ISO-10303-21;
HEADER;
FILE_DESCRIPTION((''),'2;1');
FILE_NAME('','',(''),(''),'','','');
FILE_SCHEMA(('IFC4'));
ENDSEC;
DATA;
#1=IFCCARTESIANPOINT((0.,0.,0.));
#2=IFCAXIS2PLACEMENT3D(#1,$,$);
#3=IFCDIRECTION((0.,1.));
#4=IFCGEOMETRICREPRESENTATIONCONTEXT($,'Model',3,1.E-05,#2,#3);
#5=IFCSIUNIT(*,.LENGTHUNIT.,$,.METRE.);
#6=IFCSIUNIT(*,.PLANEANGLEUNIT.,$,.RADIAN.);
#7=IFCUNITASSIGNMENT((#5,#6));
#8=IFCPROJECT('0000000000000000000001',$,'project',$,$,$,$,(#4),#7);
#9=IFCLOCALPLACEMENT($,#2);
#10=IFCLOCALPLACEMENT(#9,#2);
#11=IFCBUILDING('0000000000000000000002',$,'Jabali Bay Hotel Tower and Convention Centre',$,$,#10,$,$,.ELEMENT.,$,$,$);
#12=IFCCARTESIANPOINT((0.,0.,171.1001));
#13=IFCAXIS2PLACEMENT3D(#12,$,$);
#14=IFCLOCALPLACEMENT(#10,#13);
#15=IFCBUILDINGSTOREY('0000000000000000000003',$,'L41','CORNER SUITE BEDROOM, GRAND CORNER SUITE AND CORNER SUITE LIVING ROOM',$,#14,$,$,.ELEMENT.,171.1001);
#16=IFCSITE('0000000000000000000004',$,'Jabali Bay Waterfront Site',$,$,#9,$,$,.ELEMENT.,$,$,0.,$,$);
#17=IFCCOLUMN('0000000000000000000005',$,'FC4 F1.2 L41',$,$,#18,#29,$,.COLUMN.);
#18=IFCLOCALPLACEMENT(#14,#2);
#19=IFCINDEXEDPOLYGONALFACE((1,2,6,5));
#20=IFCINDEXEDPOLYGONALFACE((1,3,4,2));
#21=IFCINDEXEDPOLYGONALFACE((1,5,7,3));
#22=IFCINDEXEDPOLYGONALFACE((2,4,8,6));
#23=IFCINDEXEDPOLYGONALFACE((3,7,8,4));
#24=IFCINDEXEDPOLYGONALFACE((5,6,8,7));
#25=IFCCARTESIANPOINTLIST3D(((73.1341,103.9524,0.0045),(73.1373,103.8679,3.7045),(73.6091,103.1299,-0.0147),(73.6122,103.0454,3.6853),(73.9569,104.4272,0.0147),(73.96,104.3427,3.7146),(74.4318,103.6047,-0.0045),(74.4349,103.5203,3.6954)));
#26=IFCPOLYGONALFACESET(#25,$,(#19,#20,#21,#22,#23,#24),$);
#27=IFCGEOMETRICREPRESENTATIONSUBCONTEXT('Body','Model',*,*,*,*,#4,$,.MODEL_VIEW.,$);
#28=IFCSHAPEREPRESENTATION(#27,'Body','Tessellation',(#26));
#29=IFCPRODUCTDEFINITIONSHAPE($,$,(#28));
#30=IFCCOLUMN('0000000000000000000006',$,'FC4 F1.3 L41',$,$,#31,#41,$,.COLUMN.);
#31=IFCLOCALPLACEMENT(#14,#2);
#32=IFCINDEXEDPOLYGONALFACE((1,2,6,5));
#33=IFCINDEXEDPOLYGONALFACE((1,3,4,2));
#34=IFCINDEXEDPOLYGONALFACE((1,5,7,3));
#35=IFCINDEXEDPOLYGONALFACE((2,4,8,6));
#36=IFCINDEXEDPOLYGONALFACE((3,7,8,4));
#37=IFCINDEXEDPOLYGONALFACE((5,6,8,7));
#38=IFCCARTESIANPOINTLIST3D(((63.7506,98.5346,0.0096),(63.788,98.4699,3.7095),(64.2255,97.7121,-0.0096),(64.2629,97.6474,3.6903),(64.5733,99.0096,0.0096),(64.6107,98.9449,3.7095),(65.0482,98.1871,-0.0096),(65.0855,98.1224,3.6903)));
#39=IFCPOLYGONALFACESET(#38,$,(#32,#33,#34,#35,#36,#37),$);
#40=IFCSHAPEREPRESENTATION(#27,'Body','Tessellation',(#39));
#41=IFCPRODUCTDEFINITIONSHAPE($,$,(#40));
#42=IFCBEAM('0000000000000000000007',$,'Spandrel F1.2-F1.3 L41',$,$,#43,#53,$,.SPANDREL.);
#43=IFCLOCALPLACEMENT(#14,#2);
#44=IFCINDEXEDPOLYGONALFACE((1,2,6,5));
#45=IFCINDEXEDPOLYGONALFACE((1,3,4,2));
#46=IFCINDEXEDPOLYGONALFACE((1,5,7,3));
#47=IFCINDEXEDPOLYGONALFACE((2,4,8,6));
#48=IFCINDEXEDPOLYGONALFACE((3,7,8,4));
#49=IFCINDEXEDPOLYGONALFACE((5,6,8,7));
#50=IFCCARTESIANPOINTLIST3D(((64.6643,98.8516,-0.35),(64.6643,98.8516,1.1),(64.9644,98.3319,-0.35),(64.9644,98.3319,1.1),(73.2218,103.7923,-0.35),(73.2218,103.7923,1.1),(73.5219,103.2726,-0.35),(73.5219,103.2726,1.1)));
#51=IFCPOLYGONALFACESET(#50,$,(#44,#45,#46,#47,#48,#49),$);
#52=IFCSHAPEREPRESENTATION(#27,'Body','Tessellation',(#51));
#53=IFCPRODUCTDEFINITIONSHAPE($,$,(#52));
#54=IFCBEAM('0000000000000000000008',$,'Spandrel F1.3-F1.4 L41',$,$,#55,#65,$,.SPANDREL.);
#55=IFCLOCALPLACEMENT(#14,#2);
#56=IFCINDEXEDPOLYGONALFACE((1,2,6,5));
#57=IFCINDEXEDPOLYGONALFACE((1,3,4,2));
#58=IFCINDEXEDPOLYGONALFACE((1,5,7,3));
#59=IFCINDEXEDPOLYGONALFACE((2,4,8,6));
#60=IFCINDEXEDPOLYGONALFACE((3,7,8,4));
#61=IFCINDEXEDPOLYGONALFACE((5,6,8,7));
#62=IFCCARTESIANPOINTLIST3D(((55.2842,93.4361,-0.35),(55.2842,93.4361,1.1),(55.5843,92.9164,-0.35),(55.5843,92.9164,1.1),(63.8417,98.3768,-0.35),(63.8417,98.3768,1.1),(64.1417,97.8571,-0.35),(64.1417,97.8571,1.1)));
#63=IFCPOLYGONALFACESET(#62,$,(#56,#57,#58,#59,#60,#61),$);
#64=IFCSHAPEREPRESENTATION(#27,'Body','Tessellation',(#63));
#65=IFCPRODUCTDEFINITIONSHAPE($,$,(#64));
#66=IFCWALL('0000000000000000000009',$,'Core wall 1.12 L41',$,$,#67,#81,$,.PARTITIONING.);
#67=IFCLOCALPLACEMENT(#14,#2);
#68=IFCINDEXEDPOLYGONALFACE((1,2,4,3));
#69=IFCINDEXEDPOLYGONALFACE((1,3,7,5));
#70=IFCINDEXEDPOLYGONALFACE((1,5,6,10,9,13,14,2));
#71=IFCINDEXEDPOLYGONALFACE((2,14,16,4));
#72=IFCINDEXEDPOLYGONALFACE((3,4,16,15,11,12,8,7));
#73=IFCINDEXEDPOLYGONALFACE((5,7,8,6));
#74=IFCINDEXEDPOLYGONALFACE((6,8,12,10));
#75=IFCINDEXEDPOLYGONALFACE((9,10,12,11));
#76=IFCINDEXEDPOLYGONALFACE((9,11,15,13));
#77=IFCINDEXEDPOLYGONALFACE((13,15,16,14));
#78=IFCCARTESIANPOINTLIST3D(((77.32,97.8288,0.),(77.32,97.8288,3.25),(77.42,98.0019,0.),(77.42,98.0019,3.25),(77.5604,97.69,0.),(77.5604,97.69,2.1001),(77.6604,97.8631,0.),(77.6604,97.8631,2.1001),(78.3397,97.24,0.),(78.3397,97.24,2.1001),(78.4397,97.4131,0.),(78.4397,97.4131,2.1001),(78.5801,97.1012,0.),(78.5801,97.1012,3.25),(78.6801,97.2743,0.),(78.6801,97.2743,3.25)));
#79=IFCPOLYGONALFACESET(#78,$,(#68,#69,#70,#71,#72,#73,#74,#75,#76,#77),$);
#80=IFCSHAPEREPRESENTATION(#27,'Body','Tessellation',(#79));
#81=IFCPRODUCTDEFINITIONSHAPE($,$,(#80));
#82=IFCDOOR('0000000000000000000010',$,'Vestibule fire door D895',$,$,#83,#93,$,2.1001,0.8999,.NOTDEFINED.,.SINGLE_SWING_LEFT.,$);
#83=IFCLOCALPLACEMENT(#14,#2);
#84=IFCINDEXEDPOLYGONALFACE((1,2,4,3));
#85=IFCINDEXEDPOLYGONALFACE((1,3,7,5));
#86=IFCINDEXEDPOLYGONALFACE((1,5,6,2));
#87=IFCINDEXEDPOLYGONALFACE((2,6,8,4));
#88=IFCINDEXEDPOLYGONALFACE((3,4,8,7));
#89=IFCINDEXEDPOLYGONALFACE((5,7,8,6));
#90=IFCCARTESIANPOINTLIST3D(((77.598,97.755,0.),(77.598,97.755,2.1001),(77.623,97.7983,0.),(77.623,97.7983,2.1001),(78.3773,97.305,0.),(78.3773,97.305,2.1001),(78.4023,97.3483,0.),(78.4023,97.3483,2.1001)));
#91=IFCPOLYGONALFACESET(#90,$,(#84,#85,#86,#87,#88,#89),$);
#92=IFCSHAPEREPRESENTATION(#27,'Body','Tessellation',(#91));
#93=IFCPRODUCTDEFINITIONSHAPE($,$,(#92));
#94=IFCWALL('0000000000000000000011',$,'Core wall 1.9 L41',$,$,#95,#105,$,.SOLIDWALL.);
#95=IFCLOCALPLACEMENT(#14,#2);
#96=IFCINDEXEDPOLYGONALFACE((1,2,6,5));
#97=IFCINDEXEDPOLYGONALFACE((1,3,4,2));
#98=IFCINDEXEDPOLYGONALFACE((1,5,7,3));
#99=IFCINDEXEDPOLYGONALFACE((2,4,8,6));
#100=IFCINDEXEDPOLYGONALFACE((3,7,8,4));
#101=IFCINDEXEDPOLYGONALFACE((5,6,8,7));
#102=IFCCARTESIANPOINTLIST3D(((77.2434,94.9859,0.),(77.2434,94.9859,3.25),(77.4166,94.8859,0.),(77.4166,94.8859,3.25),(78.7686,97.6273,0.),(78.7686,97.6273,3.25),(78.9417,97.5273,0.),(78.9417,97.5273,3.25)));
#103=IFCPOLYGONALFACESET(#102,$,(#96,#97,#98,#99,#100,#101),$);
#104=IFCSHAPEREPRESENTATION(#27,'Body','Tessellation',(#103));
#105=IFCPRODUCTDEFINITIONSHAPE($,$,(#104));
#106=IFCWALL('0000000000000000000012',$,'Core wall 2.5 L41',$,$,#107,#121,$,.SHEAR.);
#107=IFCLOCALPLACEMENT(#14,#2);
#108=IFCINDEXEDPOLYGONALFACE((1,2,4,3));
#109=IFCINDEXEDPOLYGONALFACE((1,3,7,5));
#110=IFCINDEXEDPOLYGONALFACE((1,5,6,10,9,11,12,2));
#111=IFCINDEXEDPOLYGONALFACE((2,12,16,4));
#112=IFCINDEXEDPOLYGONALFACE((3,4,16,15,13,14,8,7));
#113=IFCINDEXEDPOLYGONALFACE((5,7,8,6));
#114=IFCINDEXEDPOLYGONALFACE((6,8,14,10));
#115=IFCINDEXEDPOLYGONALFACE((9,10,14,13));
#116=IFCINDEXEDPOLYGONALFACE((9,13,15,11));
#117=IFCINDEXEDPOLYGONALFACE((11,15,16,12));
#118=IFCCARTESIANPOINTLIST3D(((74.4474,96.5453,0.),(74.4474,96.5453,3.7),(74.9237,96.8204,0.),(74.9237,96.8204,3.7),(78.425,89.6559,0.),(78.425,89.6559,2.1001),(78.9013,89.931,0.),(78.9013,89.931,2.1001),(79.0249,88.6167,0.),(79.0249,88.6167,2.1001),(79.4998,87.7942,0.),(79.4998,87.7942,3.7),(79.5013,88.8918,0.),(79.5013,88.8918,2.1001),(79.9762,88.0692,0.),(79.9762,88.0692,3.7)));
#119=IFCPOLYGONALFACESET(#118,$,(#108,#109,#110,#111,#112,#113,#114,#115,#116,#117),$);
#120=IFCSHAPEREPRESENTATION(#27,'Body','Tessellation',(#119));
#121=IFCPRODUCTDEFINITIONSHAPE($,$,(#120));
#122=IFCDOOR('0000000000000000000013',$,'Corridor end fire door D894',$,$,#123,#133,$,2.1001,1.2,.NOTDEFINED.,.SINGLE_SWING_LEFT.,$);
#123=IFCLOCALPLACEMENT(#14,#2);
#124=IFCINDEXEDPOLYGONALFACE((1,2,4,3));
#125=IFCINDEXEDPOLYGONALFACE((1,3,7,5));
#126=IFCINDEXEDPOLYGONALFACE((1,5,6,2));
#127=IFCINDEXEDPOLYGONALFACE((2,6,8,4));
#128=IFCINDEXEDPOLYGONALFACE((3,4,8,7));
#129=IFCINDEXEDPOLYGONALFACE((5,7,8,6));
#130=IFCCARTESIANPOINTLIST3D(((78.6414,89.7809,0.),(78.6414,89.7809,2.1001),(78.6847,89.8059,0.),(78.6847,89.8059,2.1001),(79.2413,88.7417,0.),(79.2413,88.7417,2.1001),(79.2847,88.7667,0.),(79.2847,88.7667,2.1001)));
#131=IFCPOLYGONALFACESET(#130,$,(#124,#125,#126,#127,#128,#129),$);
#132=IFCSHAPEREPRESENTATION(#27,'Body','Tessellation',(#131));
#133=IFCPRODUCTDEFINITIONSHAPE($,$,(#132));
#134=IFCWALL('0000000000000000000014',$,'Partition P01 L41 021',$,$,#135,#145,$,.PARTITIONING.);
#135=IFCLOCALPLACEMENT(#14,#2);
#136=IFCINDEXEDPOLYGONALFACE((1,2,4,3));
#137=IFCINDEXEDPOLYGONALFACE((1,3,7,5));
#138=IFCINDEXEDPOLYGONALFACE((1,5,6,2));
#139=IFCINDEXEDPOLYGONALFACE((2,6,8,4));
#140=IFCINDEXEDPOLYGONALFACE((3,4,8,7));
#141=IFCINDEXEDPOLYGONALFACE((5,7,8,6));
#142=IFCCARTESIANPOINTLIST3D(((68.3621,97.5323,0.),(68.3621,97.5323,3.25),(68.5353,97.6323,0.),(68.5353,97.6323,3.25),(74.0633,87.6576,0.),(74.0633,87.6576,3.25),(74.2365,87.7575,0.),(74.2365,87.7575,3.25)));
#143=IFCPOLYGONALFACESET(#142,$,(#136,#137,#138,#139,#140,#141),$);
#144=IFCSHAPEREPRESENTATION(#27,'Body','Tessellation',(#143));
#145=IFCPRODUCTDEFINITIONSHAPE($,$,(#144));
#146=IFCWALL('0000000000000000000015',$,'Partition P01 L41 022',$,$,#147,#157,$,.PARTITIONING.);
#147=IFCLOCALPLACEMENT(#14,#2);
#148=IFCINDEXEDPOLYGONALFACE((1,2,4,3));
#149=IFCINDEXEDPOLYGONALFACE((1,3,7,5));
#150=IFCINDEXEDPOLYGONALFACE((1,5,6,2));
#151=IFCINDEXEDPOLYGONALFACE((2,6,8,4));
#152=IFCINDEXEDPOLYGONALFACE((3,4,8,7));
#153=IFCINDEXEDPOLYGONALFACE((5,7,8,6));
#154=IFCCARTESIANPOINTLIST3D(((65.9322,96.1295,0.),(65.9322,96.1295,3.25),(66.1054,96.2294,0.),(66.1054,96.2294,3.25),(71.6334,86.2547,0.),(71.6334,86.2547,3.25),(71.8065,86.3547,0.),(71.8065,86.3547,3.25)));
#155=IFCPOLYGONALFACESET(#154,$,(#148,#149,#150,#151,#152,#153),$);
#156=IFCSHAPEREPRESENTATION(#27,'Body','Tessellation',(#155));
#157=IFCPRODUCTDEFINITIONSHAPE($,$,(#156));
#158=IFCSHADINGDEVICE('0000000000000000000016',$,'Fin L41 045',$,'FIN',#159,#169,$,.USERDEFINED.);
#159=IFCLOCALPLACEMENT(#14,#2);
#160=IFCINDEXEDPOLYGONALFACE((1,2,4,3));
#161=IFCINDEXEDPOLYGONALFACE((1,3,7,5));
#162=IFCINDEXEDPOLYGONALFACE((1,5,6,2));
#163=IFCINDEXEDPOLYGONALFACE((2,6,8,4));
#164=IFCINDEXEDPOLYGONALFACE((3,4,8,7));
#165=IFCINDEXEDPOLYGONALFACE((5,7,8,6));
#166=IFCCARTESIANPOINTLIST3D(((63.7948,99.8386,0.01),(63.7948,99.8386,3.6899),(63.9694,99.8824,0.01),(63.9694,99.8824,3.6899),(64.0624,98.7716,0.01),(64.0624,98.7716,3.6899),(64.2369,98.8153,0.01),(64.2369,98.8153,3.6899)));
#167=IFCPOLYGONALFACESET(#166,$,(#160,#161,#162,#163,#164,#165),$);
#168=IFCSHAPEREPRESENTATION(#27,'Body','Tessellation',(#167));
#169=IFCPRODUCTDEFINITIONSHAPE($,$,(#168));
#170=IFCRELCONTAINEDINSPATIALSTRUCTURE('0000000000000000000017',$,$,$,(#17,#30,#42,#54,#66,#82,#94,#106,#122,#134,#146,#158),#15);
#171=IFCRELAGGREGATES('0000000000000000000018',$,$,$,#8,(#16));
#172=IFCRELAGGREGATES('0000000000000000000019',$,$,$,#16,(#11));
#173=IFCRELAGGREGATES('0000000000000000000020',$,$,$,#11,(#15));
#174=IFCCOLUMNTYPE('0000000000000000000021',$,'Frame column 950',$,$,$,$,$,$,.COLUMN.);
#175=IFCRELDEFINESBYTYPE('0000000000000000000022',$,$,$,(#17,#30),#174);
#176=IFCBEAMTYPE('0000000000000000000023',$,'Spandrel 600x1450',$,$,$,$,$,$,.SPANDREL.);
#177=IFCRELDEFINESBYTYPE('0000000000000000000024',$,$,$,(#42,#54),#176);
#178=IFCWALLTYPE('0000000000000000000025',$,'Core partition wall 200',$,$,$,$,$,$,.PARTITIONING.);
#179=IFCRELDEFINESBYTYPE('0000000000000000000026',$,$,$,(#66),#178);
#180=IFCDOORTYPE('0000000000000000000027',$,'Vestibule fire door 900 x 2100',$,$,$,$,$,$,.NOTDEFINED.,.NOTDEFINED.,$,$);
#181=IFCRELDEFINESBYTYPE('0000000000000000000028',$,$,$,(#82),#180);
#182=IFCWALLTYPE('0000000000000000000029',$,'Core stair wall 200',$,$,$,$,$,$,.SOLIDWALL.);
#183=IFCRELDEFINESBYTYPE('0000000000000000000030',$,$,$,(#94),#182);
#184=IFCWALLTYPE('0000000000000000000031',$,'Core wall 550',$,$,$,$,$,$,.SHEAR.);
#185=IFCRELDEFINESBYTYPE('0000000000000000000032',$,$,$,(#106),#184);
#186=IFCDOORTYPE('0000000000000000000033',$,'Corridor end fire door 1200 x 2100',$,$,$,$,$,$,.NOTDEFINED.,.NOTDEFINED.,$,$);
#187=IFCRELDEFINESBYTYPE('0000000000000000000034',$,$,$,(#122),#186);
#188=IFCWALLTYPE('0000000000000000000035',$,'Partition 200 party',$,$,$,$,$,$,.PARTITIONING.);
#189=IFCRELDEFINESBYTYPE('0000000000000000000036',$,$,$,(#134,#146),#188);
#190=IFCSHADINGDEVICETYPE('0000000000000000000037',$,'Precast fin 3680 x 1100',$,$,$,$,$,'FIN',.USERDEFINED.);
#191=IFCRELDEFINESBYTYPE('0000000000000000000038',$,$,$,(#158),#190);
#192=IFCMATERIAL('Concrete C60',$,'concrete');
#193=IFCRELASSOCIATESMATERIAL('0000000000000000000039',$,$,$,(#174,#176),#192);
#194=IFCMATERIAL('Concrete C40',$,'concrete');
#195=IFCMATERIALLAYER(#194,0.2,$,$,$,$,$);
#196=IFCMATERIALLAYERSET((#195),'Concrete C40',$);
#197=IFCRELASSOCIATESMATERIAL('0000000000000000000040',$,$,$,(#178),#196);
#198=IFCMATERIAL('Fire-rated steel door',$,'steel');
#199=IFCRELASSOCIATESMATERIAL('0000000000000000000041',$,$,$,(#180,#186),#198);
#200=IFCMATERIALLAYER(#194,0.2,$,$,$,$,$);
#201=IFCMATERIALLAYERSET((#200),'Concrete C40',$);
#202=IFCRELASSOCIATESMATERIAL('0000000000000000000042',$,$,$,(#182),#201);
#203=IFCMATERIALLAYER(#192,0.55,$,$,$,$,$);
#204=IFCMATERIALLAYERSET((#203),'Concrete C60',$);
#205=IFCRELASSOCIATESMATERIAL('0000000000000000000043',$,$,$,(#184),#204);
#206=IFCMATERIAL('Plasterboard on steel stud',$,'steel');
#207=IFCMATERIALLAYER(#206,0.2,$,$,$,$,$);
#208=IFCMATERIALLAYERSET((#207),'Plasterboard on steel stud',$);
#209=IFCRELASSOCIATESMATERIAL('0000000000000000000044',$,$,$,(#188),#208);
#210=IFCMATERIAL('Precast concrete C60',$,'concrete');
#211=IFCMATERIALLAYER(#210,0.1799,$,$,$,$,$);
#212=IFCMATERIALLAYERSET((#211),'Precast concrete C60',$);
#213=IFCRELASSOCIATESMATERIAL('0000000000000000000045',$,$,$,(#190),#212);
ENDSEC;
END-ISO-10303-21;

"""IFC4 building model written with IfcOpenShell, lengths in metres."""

from ifc_helpers import new_model, si_unit, direction, frame, frame_2d, origin, origin_2d, place, context, subcontext, project, spatial, rectangle, extrude, material, layer, layer_set, material_profile, profile_set, type_object, element, fill, save


model = new_model("IFC4")

# Units and contexts
model_context = context("Model", 3, precision=1e-05, world=origin(), true_north=direction((0.0, 1.0)))
body_context = subcontext(model_context, "Body", "Model", "MODEL_VIEW")
ifc_project = project(units=[si_unit("LENGTHUNIT", "METRE"), si_unit("PLANEANGLEUNIT", "RADIAN")], contexts=[model_context])

# Site, building, storey
site_placement = place(None, origin())
site = spatial("IfcSite", under=ifc_project, at=site_placement, Name="Jabali Bay Waterfront Site", CompositionType="ELEMENT", RefElevation=0.0)
building_placement = place(site_placement, origin())
building = spatial("IfcBuilding", under=site, at=building_placement, Name="Jabali Bay Hotel Tower and Convention Centre", CompositionType="ELEMENT")
storey_placement = place(building_placement, frame((0.0, 0.0, 171.1001)))
storey = spatial("IfcBuildingStorey", under=building, at=storey_placement, Name="L41", Description="CORNER SUITE BEDROOM, GRAND CORNER SUITE AND CORNER SUITE LIVING ROOM", CompositionType="ELEMENT", Elevation=171.1001)

# Columns
ifc_material_1 = material(Name="Concrete C60", Category="concrete")
ifc_material_profile_1 = material_profile(ifc_material_1, rectangle(XDim=0.95, YDim=0.95, at=origin_2d()), Name="Frame column 950")
ifc_profile_set_1 = profile_set([ifc_material_profile_1], Name="Concrete C60")
column_type = type_object("IfcColumnType", Name="Frame column 950", PredefinedType="COLUMN", material=ifc_profile_set_1)
column_1_placement = place(storey_placement, frame((73.783, 103.7786, 0.0), z_axis=(0.000858, -0.022825, 0.999739), x_axis=(0.86606, 0.499826, 0.010668)))
element("IfcColumn", 1, at=column_1_placement, inside=storey, type_object=column_type, Name="FC4 F1.2 L41", PredefinedType="COLUMN", context=body_context, shape_type="SweptSolid", body=[
    extrude(rectangle(XDim=0.95, YDim=0.95, at=origin_2d()), origin(), (0.0, 0.0, 1.0), 3.7009),
])
column_2_placement = place(storey_placement, frame((64.3994, 98.3608, 0.0), z_axis=(0.010094, -0.017482, 0.999796), x_axis=(0.86602, 0.500009, 0.0)))
element("IfcColumn", 2, at=column_2_placement, inside=storey, type_object=column_type, Name="FC4 F1.3 L41", PredefinedType="COLUMN", context=body_context, shape_type="SweptSolid", body=[
    extrude(rectangle(XDim=0.95, YDim=0.95, at=origin_2d()), origin(), (0.0, 0.0, 1.0), 3.7007),
])

# Beams
ifc_material_profile_2 = material_profile(ifc_material_1, rectangle(XDim=0.6001, YDim=1.45, at=origin_2d()), Name="Spandrel 600x1450")
ifc_profile_set_2 = profile_set([ifc_material_profile_2], Name="Concrete C60")
beam_type = type_object("IfcBeamType", Name="Spandrel 600x1450", PredefinedType="SPANDREL", material=ifc_profile_set_2)
for number, where, z_axis, x_axis, name in (
    (3, (73.3718, 103.5325, 0.375), (-0.866022, -0.500005, 0.0), (0.500005, -0.866022, 0.0), "Spandrel F1.2-F1.3 L41"),
    (4, (63.9917, 98.1169, 0.375), (-0.866022, -0.500005, 0.0), (0.500005, -0.866022, 0.0), "Spandrel F1.3-F1.4 L41"),
):
    element("IfcBeam", number, at=place(storey_placement, frame(where, z_axis=z_axis, x_axis=x_axis)), inside=storey, type_object=beam_type, Name=name, PredefinedType="SPANDREL", context=body_context, shape_type="SweptSolid", body=[
        extrude(rectangle(XDim=0.6001, YDim=1.45, at=origin_2d()), origin(), (0.0, 0.0, 1.0), 9.8813),
    ])

# Wall, opening, door
ifc_material_2 = material(Name="Concrete C40", Category="concrete")
ifc_layer_1 = layer(ifc_material_2, 0.2)
ifc_layer_set_1 = layer_set([ifc_layer_1], Name="Concrete C40")
wall_type_1 = type_object("IfcWallType", Name="Core partition wall 200", PredefinedType="PARTITIONING", material=ifc_layer_set_1)
wall_1_placement = place(storey_placement, frame((78.6301, 97.1877, 0.0), z_axis=(0.0, 0.0, 1.0), x_axis=(-0.866004, 0.500037, 0.0)))
wall_1 = element("IfcWall", 5, at=wall_1_placement, inside=storey, type_object=wall_type_1, Name="Core wall 1.12 L41", PredefinedType="PARTITIONING", context=body_context, shape_type="SweptSolid", body=[
    extrude(rectangle(XDim=1.4551, YDim=0.2, at=frame_2d((0.7275, 0.0))), origin(), (0.0, 0.0, 1.0), 3.25),
])
opening_1_placement = place(wall_1_placement, frame((0.2776, 0.0, 0.0)))
opening_1 = element("IfcOpeningElement", 6, at=opening_1_placement, cuts=wall_1, PredefinedType="OPENING", context=body_context, shape_type="SweptSolid", body=[
    extrude(rectangle(XDim=0.8999, YDim=2.1001, at=frame_2d((0.45, 1.05))), frame((0.0, 0.1104, 0.0), z_axis=(0.0, -1.0, 0.0), x_axis=(1.0, 0.0, 0.0)), (0.0, 0.0, 1.0), 0.2209),
])
ifc_material_3 = material(Name="Fire-rated steel door", Category="steel")
door_type_1 = type_object("IfcDoorType", Name="Vestibule fire door 900 x 2100", OperationType="NOTDEFINED", PredefinedType="NOTDEFINED", material=ifc_material_3)
door_1_placement = place(opening_1_placement, origin())
door_1 = element("IfcDoor", 7, at=door_1_placement, inside=storey, type_object=door_type_1, Name="Vestibule fire door D895", OperationType="SINGLE_SWING_LEFT", OverallHeight=2.1001, OverallWidth=0.8999, PredefinedType="NOTDEFINED", context=body_context, shape_type="SweptSolid", body=[
    extrude(rectangle(XDim=0.8999, YDim=2.1001, at=frame_2d((0.45, 1.05))), frame((0.0, 0.0249, 0.0), z_axis=(0.0, -1.0, 0.0), x_axis=(1.0, 0.0, 0.0)), (0.0, 0.0, 1.0), 0.05),
])
fill(opening_1, door_1)

# Wall
ifc_layer_2 = layer(ifc_material_2, 0.2)
ifc_layer_set_2 = layer_set([ifc_layer_2], Name="Concrete C40")
wall_type_2 = type_object("IfcWallType", Name="Core stair wall 200", PredefinedType="SOLIDWALL", material=ifc_layer_set_2)
wall_2_placement = place(storey_placement, frame((77.3301, 94.936, 0.0), z_axis=(0.0, 0.0, 1.0), x_axis=(0.500039, 0.866003, 0.0)))
element("IfcWall", 8, at=wall_2_placement, inside=storey, type_object=wall_type_2, Name="Core wall 1.9 L41", PredefinedType="SOLIDWALL", context=body_context, shape_type="SweptSolid", body=[
    extrude(rectangle(XDim=3.05, YDim=0.2, at=frame_2d((1.5249, 0.0))), origin(), (0.0, 0.0, 1.0), 3.25),
])

# Wall, opening, door
ifc_layer_3 = layer(ifc_material_1, 0.55)
ifc_layer_set_3 = layer_set([ifc_layer_3], Name="Concrete C60")
wall_type_3 = type_object("IfcWallType", Name="Core wall 550", PredefinedType="SHEAR", material=ifc_layer_set_3)
wall_3_placement = place(storey_placement, frame((74.6855, 96.6829, 0.0), z_axis=(0.0, 0.0, 1.0), x_axis=(0.499998, -0.866027, 0.0)))
wall_3 = element("IfcWall", 9, at=wall_3_placement, inside=storey, type_object=wall_type_3, Name="Core wall 2.5 L41", PredefinedType="SHEAR", context=body_context, shape_type="SweptSolid", body=[
    extrude(rectangle(XDim=10.105, YDim=0.55, at=frame_2d((5.0525, 0.0))), origin(), (0.0, 0.0, 1.0), 3.7),
])
opening_2_placement = place(wall_3_placement, frame((7.9551, 0.0, 0.0)))
opening_2 = element("IfcOpeningElement", 10, at=opening_2_placement, cuts=wall_3, PredefinedType="OPENING", context=body_context, shape_type="SweptSolid", body=[
    extrude(rectangle(XDim=1.2, YDim=2.1001, at=frame_2d((0.6001, 1.05))), frame((0.0, 0.2856, 0.0), z_axis=(0.0, -1.0, 0.0), x_axis=(1.0, 0.0, 0.0)), (0.0, 0.0, 1.0), 0.571),
])
door_type_2 = type_object("IfcDoorType", Name="Corridor end fire door 1200 x 2100", OperationType="NOTDEFINED", PredefinedType="NOTDEFINED", material=ifc_material_3)
door_2_placement = place(opening_2_placement, origin())
door_2 = element("IfcDoor", 11, at=door_2_placement, inside=storey, type_object=door_type_2, Name="Corridor end fire door D894", OperationType="SINGLE_SWING_LEFT", OverallHeight=2.1001, OverallWidth=1.2, PredefinedType="NOTDEFINED", context=body_context, shape_type="SweptSolid", body=[
    extrude(rectangle(XDim=1.2, YDim=2.1001, at=frame_2d((0.6001, 1.05))), frame((0.0, 0.0249, 0.0), z_axis=(0.0, -1.0, 0.0), x_axis=(1.0, 0.0, 0.0)), (0.0, 0.0, 1.0), 0.05),
])
fill(opening_2, door_2)

# Walls
ifc_material_4 = material(Name="Plasterboard on steel stud", Category="steel")
ifc_layer_4 = layer(ifc_material_4, 0.2)
ifc_layer_set_4 = layer_set([ifc_layer_4], Name="Plasterboard on steel stud")
wall_type_4 = type_object("IfcWallType", Name="Partition 200 party", PredefinedType="PARTITIONING", material=ifc_layer_set_4)
for number, where, z_axis, x_axis, name in (
    (12, (68.4487, 97.5823, 0.0), (0.0, 0.0, 1.0), (0.499999, -0.866026, 0.0), "Partition P01 L41 021"),
    (13, (66.0188, 96.1794, 0.0), (0.0, 0.0, 1.0), (0.499999, -0.866026, 0.0), "Partition P01 L41 022"),
):
    element("IfcWall", number, at=place(storey_placement, frame(where, z_axis=z_axis, x_axis=x_axis)), inside=storey, type_object=wall_type_4, Name=name, PredefinedType="PARTITIONING", context=body_context, shape_type="SweptSolid", body=[
        extrude(rectangle(XDim=11.4023, YDim=0.2, at=frame_2d((5.7012, 0.0))), origin(), (0.0, 0.0, 1.0), 3.25),
    ])

# Shading device
ifc_material_5 = material(Name="Precast concrete C60", Category="concrete")
ifc_layer_5 = layer(ifc_material_5, 0.1799)
ifc_layer_set_5 = layer_set([ifc_layer_5], Name="Precast concrete C60")
shading_device_type_1 = type_object("IfcShadingDeviceType", Name="Precast fin 3680 x 1100", ElementType="FIN", PredefinedType="USERDEFINED", material=ifc_layer_set_5)
shading_device_1_placement = place(storey_placement, frame((64.1497, 98.7935, 0.01), z_axis=(0.0, 0.0, 1.0), x_axis=(-0.243214, 0.969973, 0.0)))
element("IfcShadingDevice", 14, at=shading_device_1_placement, inside=storey, type_object=shading_device_type_1, Name="Fin L41 045", ObjectType="FIN", PredefinedType="USERDEFINED", context=body_context, shape_type="SweptSolid", body=[
    extrude(rectangle(XDim=1.1001, YDim=0.1799, at=frame_2d((0.55, 0.0))), origin(), (0.0, 0.0, 1.0), 3.6799),
])

save(model, "model.ifc")
